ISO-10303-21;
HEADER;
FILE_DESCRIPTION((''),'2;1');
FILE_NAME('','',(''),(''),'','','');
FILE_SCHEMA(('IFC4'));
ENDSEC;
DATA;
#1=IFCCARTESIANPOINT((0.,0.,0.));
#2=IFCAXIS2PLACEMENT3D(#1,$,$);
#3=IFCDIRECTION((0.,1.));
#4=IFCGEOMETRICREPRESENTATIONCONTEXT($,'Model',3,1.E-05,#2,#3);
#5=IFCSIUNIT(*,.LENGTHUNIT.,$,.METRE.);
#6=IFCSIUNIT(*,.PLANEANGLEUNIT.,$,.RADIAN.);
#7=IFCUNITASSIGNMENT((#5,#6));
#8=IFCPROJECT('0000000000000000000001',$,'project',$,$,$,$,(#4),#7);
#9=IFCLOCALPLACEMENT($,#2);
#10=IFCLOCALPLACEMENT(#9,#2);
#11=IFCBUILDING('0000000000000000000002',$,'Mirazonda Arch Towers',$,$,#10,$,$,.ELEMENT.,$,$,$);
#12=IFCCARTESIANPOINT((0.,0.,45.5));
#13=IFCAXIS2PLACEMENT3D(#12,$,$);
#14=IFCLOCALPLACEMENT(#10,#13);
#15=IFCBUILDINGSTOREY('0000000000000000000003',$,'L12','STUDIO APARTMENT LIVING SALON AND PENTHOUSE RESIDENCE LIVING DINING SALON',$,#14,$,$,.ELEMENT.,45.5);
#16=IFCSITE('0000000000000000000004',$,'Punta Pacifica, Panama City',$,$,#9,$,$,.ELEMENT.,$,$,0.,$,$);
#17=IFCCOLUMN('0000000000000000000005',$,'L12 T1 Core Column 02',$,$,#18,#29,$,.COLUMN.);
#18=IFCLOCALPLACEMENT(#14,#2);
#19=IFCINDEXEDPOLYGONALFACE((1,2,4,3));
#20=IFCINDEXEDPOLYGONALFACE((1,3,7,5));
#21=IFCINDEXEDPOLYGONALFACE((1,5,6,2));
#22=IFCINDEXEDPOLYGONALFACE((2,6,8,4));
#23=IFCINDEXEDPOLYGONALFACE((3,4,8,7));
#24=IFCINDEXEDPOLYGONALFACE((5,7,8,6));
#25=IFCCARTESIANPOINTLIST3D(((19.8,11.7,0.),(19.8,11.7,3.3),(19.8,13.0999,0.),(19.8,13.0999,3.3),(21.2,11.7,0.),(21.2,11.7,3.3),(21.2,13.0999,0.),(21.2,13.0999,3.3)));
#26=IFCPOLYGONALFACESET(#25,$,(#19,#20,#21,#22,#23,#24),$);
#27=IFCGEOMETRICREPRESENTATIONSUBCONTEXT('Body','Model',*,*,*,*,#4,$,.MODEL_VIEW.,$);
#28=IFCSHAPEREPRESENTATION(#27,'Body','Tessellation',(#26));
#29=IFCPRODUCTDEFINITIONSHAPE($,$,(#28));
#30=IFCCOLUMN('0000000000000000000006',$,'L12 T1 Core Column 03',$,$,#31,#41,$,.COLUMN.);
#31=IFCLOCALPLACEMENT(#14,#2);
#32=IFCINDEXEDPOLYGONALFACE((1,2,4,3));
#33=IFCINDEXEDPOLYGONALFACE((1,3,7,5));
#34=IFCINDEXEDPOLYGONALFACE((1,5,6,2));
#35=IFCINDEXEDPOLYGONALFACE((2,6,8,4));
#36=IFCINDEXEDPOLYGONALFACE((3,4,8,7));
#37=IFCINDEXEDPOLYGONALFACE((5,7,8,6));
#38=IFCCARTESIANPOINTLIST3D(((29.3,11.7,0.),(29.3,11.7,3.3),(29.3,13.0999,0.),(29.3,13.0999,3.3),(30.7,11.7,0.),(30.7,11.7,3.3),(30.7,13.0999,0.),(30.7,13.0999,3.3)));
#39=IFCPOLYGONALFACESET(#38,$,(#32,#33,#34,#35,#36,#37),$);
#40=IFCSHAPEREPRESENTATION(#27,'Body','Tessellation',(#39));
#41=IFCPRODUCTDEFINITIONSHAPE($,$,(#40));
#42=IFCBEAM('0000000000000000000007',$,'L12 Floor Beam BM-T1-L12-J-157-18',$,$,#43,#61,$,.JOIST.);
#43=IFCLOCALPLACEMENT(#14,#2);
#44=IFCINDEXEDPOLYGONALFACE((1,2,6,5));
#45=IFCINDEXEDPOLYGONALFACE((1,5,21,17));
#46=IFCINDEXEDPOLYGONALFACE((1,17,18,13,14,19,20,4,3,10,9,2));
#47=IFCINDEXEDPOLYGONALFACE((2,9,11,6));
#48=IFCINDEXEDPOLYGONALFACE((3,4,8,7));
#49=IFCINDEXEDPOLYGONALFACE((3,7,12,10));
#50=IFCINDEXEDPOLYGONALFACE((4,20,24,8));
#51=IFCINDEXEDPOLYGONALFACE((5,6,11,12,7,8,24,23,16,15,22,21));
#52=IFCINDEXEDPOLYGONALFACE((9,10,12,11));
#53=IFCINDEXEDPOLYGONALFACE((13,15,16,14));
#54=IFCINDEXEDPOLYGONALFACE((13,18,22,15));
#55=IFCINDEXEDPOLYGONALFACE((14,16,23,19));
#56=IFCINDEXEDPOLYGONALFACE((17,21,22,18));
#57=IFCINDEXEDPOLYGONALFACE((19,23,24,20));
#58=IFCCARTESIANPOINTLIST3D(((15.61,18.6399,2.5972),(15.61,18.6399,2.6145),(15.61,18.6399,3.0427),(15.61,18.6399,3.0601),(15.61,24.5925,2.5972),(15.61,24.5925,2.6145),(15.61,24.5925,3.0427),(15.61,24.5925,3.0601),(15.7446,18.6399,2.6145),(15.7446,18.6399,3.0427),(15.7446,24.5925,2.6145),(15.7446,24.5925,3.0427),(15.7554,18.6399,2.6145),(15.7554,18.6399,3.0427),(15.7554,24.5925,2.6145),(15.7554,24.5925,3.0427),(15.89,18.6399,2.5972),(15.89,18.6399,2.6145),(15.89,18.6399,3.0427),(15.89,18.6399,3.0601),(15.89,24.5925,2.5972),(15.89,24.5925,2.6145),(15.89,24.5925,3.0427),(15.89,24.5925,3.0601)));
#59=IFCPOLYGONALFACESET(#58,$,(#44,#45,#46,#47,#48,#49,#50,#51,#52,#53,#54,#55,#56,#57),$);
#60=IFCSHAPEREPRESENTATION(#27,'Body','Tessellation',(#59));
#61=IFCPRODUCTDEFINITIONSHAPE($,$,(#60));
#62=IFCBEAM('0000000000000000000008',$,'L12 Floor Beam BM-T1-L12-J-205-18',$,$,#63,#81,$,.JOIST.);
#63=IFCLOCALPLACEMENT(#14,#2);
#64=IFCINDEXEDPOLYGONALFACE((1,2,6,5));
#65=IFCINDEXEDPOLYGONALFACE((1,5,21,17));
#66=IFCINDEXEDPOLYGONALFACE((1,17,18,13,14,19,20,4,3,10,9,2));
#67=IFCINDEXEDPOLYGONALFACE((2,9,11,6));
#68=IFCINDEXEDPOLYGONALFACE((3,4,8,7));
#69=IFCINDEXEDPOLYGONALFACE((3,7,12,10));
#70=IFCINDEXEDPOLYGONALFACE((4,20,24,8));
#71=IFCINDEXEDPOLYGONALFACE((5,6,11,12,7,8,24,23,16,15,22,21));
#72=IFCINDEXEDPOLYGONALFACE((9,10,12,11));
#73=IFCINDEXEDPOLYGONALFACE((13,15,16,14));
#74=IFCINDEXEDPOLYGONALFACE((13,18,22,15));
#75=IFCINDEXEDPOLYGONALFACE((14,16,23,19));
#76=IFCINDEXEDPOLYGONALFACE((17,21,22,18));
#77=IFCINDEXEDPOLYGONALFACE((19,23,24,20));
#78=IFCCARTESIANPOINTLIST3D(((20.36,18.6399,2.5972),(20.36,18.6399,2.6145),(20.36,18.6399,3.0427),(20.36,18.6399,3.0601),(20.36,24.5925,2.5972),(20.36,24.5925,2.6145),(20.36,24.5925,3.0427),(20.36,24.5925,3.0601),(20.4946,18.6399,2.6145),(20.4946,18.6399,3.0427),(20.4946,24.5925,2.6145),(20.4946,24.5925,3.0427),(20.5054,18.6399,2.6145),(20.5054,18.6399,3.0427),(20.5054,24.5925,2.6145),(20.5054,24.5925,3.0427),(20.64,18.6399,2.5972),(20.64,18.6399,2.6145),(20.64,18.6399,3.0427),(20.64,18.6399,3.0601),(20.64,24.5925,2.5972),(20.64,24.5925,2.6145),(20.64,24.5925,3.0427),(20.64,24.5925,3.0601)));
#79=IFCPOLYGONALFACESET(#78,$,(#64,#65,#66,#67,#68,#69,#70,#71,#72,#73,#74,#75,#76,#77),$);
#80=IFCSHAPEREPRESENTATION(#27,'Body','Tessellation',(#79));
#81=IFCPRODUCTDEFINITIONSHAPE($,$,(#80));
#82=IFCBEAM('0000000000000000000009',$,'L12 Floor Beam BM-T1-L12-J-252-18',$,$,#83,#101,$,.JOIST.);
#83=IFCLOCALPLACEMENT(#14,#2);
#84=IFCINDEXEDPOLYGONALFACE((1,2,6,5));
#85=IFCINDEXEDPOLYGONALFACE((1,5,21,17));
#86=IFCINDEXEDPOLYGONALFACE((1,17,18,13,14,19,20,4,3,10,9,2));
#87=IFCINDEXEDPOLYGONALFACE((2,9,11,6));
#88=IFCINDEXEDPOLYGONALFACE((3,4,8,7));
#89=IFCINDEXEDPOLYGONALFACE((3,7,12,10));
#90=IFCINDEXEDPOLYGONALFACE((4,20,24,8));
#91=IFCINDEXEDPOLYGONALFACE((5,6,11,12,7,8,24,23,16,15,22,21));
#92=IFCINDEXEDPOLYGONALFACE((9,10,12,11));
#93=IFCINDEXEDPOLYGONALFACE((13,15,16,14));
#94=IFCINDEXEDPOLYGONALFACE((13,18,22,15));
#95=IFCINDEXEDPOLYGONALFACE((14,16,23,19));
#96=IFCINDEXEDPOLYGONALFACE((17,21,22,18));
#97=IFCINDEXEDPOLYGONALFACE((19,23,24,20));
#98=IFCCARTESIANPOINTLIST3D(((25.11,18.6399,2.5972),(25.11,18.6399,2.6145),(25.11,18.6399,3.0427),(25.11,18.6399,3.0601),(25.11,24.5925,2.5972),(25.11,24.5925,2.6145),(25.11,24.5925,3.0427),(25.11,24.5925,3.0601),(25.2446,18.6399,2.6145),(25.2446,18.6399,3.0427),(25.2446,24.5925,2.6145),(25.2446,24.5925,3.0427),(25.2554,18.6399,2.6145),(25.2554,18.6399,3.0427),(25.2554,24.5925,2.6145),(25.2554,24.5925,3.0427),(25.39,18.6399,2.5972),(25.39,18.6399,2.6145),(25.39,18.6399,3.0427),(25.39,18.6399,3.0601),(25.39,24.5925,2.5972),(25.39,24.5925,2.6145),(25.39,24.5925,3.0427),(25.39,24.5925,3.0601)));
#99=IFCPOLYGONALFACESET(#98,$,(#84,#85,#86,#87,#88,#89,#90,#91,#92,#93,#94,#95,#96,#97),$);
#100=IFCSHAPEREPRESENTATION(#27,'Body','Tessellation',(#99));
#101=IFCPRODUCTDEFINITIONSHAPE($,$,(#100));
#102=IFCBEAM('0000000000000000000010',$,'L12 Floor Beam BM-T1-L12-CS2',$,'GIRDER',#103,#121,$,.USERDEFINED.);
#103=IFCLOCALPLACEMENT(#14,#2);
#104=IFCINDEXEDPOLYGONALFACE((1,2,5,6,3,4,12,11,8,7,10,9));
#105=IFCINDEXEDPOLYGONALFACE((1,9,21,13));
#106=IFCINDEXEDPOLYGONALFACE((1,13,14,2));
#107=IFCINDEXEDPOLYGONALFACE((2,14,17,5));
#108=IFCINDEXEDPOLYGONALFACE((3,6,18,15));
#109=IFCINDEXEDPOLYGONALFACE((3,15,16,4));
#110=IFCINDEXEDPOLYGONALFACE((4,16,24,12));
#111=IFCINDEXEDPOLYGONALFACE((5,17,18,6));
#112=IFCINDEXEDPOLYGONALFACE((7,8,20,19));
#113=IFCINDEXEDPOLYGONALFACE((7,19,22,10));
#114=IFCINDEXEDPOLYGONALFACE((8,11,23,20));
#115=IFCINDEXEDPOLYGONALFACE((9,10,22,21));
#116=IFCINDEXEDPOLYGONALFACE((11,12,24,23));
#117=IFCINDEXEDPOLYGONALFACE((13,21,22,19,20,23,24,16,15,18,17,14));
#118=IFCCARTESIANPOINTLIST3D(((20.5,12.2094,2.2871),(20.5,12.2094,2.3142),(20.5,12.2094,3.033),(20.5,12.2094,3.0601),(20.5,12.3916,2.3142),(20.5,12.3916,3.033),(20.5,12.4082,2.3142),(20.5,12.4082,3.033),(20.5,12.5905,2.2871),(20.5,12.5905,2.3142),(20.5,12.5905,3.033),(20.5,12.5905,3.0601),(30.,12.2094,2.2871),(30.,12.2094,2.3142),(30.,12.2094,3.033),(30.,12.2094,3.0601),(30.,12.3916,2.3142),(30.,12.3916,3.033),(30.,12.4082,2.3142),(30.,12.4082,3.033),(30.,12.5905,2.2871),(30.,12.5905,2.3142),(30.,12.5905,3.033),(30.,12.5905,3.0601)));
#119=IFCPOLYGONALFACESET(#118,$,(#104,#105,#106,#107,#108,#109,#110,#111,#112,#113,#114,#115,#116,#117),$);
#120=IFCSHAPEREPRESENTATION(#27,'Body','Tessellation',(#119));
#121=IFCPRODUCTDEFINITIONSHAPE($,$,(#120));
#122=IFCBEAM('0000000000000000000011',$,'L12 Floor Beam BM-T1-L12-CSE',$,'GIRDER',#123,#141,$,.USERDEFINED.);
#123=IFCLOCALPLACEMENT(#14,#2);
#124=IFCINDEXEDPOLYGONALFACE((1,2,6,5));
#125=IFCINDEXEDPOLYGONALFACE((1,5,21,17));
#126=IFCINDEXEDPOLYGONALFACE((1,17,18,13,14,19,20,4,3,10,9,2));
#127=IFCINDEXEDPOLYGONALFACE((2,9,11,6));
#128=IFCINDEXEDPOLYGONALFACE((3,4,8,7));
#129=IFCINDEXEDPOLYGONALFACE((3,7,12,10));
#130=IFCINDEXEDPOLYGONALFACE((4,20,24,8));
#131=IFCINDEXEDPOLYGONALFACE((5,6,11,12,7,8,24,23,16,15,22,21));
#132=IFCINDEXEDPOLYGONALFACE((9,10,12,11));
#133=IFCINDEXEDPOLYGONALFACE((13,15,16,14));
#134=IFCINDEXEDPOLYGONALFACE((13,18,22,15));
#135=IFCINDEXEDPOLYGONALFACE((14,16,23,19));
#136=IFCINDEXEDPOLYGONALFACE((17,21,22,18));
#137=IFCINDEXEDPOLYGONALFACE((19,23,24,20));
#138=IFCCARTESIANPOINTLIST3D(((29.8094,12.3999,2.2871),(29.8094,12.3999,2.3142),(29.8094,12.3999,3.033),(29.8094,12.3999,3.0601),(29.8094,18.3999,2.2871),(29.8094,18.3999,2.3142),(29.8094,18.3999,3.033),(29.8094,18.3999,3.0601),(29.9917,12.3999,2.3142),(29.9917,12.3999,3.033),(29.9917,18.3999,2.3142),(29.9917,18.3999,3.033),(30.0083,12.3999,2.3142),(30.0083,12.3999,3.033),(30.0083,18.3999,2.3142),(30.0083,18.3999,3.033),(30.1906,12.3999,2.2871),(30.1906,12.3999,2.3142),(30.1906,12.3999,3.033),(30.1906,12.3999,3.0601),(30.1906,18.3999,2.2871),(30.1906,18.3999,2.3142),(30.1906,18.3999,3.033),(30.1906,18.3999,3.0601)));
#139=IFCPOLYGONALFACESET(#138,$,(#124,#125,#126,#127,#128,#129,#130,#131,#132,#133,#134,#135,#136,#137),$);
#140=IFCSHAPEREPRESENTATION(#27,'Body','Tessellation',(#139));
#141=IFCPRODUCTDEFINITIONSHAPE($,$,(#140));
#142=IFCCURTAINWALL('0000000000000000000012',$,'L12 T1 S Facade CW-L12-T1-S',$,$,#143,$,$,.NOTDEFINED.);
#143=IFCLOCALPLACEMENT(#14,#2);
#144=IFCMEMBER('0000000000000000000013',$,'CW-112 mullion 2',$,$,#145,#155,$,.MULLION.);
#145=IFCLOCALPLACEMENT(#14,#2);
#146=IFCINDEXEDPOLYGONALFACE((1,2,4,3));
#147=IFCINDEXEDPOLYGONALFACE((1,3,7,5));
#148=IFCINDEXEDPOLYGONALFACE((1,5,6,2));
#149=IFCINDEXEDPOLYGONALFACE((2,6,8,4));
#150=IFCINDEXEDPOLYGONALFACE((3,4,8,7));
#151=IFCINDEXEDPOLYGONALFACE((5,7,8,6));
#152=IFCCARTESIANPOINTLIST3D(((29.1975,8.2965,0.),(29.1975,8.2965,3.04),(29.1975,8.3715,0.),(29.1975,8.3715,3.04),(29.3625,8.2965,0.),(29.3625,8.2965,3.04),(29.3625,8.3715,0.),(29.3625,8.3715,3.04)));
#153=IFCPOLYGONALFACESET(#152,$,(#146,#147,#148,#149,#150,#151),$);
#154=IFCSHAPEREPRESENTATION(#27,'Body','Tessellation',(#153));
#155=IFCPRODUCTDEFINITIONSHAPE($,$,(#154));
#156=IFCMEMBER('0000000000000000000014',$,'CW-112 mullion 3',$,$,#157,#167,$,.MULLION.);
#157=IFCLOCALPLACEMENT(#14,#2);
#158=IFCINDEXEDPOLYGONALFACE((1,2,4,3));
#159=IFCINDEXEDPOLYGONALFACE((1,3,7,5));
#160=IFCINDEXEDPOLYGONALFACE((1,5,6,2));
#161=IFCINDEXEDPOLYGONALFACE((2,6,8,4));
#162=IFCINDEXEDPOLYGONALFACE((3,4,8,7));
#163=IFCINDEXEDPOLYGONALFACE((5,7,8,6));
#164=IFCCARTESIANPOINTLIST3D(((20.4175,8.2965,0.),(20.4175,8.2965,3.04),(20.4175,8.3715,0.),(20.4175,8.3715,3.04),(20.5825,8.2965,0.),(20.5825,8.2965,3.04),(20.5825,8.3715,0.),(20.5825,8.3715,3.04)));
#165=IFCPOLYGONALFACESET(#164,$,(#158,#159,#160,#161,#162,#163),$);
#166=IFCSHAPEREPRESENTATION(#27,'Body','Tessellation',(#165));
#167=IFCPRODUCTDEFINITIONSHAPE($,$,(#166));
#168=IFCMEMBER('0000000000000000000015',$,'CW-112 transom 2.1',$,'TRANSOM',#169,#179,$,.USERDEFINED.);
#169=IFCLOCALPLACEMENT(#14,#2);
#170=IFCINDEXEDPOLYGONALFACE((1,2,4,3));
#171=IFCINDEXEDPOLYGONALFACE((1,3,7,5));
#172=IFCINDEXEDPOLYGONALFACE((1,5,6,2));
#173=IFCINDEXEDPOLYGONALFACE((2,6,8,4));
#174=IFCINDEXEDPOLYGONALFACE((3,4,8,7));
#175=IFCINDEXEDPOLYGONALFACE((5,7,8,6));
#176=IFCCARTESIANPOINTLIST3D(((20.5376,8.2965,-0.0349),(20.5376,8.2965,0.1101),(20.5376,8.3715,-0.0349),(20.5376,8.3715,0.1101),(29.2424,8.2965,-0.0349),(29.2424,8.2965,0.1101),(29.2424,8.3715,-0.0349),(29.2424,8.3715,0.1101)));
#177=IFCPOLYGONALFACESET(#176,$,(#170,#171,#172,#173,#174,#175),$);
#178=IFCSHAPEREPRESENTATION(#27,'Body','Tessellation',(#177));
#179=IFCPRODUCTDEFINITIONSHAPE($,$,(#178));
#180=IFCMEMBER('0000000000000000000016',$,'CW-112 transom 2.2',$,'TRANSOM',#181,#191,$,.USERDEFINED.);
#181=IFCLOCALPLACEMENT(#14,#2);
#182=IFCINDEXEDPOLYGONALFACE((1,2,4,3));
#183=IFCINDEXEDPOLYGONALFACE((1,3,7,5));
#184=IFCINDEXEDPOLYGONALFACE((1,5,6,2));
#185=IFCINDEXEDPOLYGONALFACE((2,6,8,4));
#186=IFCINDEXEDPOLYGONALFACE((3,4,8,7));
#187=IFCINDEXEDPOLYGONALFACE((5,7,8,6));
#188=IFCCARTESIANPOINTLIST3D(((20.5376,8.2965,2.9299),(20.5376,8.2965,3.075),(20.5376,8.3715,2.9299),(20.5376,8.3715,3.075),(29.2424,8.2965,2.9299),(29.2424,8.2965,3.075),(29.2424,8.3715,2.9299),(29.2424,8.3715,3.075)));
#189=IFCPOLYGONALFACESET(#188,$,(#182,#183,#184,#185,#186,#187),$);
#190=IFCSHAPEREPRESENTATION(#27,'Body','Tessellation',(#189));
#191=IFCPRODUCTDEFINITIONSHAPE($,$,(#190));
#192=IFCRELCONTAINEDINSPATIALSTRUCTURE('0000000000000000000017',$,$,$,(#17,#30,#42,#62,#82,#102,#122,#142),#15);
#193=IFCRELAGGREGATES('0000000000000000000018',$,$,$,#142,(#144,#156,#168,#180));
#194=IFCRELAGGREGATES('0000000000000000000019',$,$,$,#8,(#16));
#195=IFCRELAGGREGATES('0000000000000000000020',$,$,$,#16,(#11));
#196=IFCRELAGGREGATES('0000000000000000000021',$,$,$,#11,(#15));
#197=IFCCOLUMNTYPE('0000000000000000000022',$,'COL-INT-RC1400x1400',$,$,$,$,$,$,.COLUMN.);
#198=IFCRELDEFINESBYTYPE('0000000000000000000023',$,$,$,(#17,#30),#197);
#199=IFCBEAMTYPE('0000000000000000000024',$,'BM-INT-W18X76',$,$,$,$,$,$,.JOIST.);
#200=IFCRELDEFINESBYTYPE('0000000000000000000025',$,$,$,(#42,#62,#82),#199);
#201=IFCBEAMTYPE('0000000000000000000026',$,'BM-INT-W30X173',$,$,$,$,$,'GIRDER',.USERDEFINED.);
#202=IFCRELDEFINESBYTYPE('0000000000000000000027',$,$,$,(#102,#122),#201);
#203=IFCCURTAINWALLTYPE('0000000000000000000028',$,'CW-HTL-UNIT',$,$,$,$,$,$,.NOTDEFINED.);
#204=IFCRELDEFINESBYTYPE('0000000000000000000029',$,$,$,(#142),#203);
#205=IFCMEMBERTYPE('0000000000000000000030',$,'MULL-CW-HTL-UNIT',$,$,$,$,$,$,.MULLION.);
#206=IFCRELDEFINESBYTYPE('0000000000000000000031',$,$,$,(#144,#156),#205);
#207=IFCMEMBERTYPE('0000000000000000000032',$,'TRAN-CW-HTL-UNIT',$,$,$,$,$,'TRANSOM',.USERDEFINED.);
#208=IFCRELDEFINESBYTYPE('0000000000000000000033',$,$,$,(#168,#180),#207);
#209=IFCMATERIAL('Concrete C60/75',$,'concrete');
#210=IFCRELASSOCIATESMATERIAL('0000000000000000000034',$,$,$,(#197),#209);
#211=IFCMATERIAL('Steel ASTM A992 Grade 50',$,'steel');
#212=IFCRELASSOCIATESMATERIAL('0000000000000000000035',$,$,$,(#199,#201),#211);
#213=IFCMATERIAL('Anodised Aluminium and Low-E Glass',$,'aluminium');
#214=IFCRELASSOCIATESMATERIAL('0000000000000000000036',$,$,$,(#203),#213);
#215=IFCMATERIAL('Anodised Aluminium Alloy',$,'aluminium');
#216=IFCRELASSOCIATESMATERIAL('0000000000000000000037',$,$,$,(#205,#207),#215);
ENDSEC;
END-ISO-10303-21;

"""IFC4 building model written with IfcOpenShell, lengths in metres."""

from ifc_helpers import new_model, si_unit, direction, frame, origin, origin_2d, place, context, subcontext, project, spatial, rectangle, i_section, extrude, material, material_profile, profile_set, type_object, element, aggregate, save


model = new_model("IFC4")

# Units and contexts
model_context = context("Model", 3, precision=1e-05, world=origin(), true_north=direction((0.0, 1.0)))
body_context = subcontext(model_context, "Body", "Model", "MODEL_VIEW")
ifc_project = project(units=[si_unit("LENGTHUNIT", "METRE"), si_unit("PLANEANGLEUNIT", "RADIAN")], contexts=[model_context])

# Site, building, storey
site_placement = place(None, origin())
site = spatial("IfcSite", under=ifc_project, at=site_placement, Name="Punta Pacifica, Panama City", CompositionType="ELEMENT", RefElevation=0.0)
building_placement = place(site_placement, origin())
building = spatial("IfcBuilding", under=site, at=building_placement, Name="Mirazonda Arch Towers", CompositionType="ELEMENT")
storey_placement = place(building_placement, frame((0.0, 0.0, 45.5)))
storey = spatial("IfcBuildingStorey", under=building, at=storey_placement, Name="L12", Description="STUDIO APARTMENT LIVING SALON AND PENTHOUSE RESIDENCE LIVING DINING SALON", CompositionType="ELEMENT", Elevation=45.5)

# Columns
ifc_material_1 = material(Name="Concrete C60/75", Category="concrete")
ifc_material_profile_1 = material_profile(ifc_material_1, rectangle(XDim=1.3999, YDim=1.3999, at=origin_2d()), Name="RC1400x1400")
ifc_profile_set_1 = profile_set([ifc_material_profile_1], Name="Concrete C60/75")
column_type = type_object("IfcColumnType", Name="COL-INT-RC1400x1400", PredefinedType="COLUMN", material=ifc_profile_set_1)
for number, where, z_axis, x_axis, name in (
    (1, (20.5, 12.3999, 0.0), (0.0, 0.0, 1.0), (1.0, 0.0, 0.0), "L12 T1 Core Column 02"),
    (2, (30.0, 12.3999, 0.0), (0.0, 0.0, 1.0), (1.0, 0.0, 0.0), "L12 T1 Core Column 03"),
):
    element("IfcColumn", number, at=place(storey_placement, frame(where, z_axis=z_axis, x_axis=x_axis)), inside=storey, type_object=column_type, Name=name, PredefinedType="COLUMN", context=body_context, shape_type="SweptSolid", body=[
        extrude(rectangle(XDim=1.3999, YDim=1.3999, at=origin_2d()), origin(), (0.0, 0.0, 1.0), 3.3),
    ])

# Beams
ifc_material_2 = material(Name="Steel ASTM A992 Grade 50", Category="steel")
ifc_material_profile_2 = material_profile(ifc_material_2, i_section(OverallWidth=0.28, OverallDepth=0.4629, WebThickness=0.0107, FlangeThickness=0.0173, at=origin_2d()), Name="W18X76")
ifc_profile_set_2 = profile_set([ifc_material_profile_2], Name="Steel ASTM A992 Grade 50")
beam_type_1 = type_object("IfcBeamType", Name="BM-INT-W18X76", PredefinedType="JOIST", material=ifc_profile_set_2)
for number, where, z_axis, x_axis, name in (
    (3, (15.75, 18.6399, 2.8286), (0.0, 1.0, 0.0), (-1.0, 0.0, 0.0), "L12 Floor Beam BM-T1-L12-J-157-18"),
    (4, (20.5, 18.6399, 2.8286), (0.0, 1.0, 0.0), (-1.0, 0.0, 0.0), "L12 Floor Beam BM-T1-L12-J-205-18"),
    (5, (25.25, 18.6399, 2.8286), (0.0, 1.0, 0.0), (-1.0, 0.0, 0.0), "L12 Floor Beam BM-T1-L12-J-252-18"),
):
    element("IfcBeam", number, at=place(storey_placement, frame(where, z_axis=z_axis, x_axis=x_axis)), inside=storey, type_object=beam_type_1, Name=name, PredefinedType="JOIST", context=body_context, shape_type="SweptSolid", body=[
        extrude(i_section(OverallWidth=0.28, OverallDepth=0.4629, WebThickness=0.0107, FlangeThickness=0.0173, at=origin_2d()), origin(), (0.0, 0.0, 1.0), 5.9526),
    ])
ifc_material_profile_3 = material_profile(ifc_material_2, i_section(OverallWidth=0.3811, OverallDepth=0.7729, WebThickness=0.0166, FlangeThickness=0.0271, at=origin_2d()), Name="W30X173")
ifc_profile_set_3 = profile_set([ifc_material_profile_3], Name="Steel ASTM A992 Grade 50")
beam_type_2 = type_object("IfcBeamType", Name="BM-INT-W30X173", ElementType="GIRDER", PredefinedType="USERDEFINED", material=ifc_profile_set_3)
beam_1_placement = place(storey_placement, frame((20.5, 12.3999, 2.6736), z_axis=(1.0, 0.0, 0.0), x_axis=(0.0, 1.0, 0.0)))
element("IfcBeam", 6, at=beam_1_placement, inside=storey, type_object=beam_type_2, Name="L12 Floor Beam BM-T1-L12-CS2", ObjectType="GIRDER", PredefinedType="USERDEFINED", context=body_context, shape_type="SweptSolid", body=[
    extrude(i_section(OverallWidth=0.3811, OverallDepth=0.7729, WebThickness=0.0166, FlangeThickness=0.0271, at=origin_2d()), origin(), (0.0, 0.0, 1.0), 9.5),
])
beam_2_placement = place(storey_placement, frame((30.0, 12.3999, 2.6736), z_axis=(0.0, 1.0, 0.0), x_axis=(-1.0, 0.0, 0.0)))
element("IfcBeam", 7, at=beam_2_placement, inside=storey, type_object=beam_type_2, Name="L12 Floor Beam BM-T1-L12-CSE", ObjectType="GIRDER", PredefinedType="USERDEFINED", context=body_context, shape_type="SweptSolid", body=[
    extrude(i_section(OverallWidth=0.3811, OverallDepth=0.7729, WebThickness=0.0166, FlangeThickness=0.0271, at=origin_2d()), origin(), (0.0, 0.0, 1.0), 6.0),
])

# Curtain wall, members
ifc_material_3 = material(Name="Anodised Aluminium and Low-E Glass", Category="aluminium")
curtain_wall_type = type_object("IfcCurtainWallType", Name="CW-HTL-UNIT", PredefinedType="NOTDEFINED", material=ifc_material_3)
curtain_wall_placement = place(storey_placement, origin())
curtain_wall = element("IfcCurtainWall", 8, at=curtain_wall_placement, inside=storey, type_object=curtain_wall_type, Name="L12 T1 S Facade CW-L12-T1-S", PredefinedType="NOTDEFINED")
ifc_material_4 = material(Name="Anodised Aluminium Alloy", Category="aluminium")
ifc_material_profile_4 = material_profile(ifc_material_4, rectangle(XDim=0.075, YDim=0.165, at=origin_2d()), Name="ALU-MULL-75x165")
ifc_profile_set_4 = profile_set([ifc_material_profile_4], Name="Anodised Aluminium Alloy")
member_type_1 = type_object("IfcMemberType", Name="MULL-CW-HTL-UNIT", PredefinedType="MULLION", material=ifc_profile_set_4)
member_1_placement = place(storey_placement, frame((29.28, 8.334, 0.0), z_axis=(0.0, 0.0, 1.0), x_axis=(0.0, -1.0, 0.0)))
member_1 = element("IfcMember", 9, at=member_1_placement, type_object=member_type_1, Name="CW-112 mullion 2", PredefinedType="MULLION", context=body_context, shape_type="SweptSolid", body=[
    extrude(rectangle(XDim=0.075, YDim=0.165, at=origin_2d()), origin(), (0.0, 0.0, 1.0), 3.04),
])
member_2_placement = place(storey_placement, frame((20.5, 8.334, 0.0), z_axis=(0.0, 0.0, 1.0), x_axis=(0.0, -1.0, 0.0)))
member_2 = element("IfcMember", 10, at=member_2_placement, type_object=member_type_1, Name="CW-112 mullion 3", PredefinedType="MULLION", context=body_context, shape_type="SweptSolid", body=[
    extrude(rectangle(XDim=0.075, YDim=0.165, at=origin_2d()), origin(), (0.0, 0.0, 1.0), 3.04),
])
ifc_material_profile_5 = material_profile(ifc_material_4, rectangle(XDim=0.075, YDim=0.145, at=origin_2d()), Name="ALU-TRAN-75x145")
ifc_profile_set_5 = profile_set([ifc_material_profile_5], Name="Anodised Aluminium Alloy")
member_type_2 = type_object("IfcMemberType", Name="TRAN-CW-HTL-UNIT", ElementType="TRANSOM", PredefinedType="USERDEFINED", material=ifc_profile_set_5)
member_3_placement = place(storey_placement, frame((29.2424, 8.334, 0.0376), z_axis=(-1.0, 0.0, 0.0), x_axis=(0.0, -1.0, 0.0)))
member_3 = element("IfcMember", 11, at=member_3_placement, type_object=member_type_2, Name="CW-112 transom 2.1", ObjectType="TRANSOM", PredefinedType="USERDEFINED", context=body_context, shape_type="SweptSolid", body=[
    extrude(rectangle(XDim=0.075, YDim=0.145, at=origin_2d()), origin(), (0.0, 0.0, 1.0), 8.7048),
])
member_4_placement = place(storey_placement, frame((29.2424, 8.334, 3.0024), z_axis=(-1.0, 0.0, 0.0), x_axis=(0.0, -1.0, 0.0)))
member_4 = element("IfcMember", 12, at=member_4_placement, type_object=member_type_2, Name="CW-112 transom 2.2", ObjectType="TRANSOM", PredefinedType="USERDEFINED", context=body_context, shape_type="SweptSolid", body=[
    extrude(rectangle(XDim=0.075, YDim=0.145, at=origin_2d()), origin(), (0.0, 0.0, 1.0), 8.7048),
])
aggregate(curtain_wall, [member_1, member_2, member_3, member_4])

save(model, "model.ifc")
